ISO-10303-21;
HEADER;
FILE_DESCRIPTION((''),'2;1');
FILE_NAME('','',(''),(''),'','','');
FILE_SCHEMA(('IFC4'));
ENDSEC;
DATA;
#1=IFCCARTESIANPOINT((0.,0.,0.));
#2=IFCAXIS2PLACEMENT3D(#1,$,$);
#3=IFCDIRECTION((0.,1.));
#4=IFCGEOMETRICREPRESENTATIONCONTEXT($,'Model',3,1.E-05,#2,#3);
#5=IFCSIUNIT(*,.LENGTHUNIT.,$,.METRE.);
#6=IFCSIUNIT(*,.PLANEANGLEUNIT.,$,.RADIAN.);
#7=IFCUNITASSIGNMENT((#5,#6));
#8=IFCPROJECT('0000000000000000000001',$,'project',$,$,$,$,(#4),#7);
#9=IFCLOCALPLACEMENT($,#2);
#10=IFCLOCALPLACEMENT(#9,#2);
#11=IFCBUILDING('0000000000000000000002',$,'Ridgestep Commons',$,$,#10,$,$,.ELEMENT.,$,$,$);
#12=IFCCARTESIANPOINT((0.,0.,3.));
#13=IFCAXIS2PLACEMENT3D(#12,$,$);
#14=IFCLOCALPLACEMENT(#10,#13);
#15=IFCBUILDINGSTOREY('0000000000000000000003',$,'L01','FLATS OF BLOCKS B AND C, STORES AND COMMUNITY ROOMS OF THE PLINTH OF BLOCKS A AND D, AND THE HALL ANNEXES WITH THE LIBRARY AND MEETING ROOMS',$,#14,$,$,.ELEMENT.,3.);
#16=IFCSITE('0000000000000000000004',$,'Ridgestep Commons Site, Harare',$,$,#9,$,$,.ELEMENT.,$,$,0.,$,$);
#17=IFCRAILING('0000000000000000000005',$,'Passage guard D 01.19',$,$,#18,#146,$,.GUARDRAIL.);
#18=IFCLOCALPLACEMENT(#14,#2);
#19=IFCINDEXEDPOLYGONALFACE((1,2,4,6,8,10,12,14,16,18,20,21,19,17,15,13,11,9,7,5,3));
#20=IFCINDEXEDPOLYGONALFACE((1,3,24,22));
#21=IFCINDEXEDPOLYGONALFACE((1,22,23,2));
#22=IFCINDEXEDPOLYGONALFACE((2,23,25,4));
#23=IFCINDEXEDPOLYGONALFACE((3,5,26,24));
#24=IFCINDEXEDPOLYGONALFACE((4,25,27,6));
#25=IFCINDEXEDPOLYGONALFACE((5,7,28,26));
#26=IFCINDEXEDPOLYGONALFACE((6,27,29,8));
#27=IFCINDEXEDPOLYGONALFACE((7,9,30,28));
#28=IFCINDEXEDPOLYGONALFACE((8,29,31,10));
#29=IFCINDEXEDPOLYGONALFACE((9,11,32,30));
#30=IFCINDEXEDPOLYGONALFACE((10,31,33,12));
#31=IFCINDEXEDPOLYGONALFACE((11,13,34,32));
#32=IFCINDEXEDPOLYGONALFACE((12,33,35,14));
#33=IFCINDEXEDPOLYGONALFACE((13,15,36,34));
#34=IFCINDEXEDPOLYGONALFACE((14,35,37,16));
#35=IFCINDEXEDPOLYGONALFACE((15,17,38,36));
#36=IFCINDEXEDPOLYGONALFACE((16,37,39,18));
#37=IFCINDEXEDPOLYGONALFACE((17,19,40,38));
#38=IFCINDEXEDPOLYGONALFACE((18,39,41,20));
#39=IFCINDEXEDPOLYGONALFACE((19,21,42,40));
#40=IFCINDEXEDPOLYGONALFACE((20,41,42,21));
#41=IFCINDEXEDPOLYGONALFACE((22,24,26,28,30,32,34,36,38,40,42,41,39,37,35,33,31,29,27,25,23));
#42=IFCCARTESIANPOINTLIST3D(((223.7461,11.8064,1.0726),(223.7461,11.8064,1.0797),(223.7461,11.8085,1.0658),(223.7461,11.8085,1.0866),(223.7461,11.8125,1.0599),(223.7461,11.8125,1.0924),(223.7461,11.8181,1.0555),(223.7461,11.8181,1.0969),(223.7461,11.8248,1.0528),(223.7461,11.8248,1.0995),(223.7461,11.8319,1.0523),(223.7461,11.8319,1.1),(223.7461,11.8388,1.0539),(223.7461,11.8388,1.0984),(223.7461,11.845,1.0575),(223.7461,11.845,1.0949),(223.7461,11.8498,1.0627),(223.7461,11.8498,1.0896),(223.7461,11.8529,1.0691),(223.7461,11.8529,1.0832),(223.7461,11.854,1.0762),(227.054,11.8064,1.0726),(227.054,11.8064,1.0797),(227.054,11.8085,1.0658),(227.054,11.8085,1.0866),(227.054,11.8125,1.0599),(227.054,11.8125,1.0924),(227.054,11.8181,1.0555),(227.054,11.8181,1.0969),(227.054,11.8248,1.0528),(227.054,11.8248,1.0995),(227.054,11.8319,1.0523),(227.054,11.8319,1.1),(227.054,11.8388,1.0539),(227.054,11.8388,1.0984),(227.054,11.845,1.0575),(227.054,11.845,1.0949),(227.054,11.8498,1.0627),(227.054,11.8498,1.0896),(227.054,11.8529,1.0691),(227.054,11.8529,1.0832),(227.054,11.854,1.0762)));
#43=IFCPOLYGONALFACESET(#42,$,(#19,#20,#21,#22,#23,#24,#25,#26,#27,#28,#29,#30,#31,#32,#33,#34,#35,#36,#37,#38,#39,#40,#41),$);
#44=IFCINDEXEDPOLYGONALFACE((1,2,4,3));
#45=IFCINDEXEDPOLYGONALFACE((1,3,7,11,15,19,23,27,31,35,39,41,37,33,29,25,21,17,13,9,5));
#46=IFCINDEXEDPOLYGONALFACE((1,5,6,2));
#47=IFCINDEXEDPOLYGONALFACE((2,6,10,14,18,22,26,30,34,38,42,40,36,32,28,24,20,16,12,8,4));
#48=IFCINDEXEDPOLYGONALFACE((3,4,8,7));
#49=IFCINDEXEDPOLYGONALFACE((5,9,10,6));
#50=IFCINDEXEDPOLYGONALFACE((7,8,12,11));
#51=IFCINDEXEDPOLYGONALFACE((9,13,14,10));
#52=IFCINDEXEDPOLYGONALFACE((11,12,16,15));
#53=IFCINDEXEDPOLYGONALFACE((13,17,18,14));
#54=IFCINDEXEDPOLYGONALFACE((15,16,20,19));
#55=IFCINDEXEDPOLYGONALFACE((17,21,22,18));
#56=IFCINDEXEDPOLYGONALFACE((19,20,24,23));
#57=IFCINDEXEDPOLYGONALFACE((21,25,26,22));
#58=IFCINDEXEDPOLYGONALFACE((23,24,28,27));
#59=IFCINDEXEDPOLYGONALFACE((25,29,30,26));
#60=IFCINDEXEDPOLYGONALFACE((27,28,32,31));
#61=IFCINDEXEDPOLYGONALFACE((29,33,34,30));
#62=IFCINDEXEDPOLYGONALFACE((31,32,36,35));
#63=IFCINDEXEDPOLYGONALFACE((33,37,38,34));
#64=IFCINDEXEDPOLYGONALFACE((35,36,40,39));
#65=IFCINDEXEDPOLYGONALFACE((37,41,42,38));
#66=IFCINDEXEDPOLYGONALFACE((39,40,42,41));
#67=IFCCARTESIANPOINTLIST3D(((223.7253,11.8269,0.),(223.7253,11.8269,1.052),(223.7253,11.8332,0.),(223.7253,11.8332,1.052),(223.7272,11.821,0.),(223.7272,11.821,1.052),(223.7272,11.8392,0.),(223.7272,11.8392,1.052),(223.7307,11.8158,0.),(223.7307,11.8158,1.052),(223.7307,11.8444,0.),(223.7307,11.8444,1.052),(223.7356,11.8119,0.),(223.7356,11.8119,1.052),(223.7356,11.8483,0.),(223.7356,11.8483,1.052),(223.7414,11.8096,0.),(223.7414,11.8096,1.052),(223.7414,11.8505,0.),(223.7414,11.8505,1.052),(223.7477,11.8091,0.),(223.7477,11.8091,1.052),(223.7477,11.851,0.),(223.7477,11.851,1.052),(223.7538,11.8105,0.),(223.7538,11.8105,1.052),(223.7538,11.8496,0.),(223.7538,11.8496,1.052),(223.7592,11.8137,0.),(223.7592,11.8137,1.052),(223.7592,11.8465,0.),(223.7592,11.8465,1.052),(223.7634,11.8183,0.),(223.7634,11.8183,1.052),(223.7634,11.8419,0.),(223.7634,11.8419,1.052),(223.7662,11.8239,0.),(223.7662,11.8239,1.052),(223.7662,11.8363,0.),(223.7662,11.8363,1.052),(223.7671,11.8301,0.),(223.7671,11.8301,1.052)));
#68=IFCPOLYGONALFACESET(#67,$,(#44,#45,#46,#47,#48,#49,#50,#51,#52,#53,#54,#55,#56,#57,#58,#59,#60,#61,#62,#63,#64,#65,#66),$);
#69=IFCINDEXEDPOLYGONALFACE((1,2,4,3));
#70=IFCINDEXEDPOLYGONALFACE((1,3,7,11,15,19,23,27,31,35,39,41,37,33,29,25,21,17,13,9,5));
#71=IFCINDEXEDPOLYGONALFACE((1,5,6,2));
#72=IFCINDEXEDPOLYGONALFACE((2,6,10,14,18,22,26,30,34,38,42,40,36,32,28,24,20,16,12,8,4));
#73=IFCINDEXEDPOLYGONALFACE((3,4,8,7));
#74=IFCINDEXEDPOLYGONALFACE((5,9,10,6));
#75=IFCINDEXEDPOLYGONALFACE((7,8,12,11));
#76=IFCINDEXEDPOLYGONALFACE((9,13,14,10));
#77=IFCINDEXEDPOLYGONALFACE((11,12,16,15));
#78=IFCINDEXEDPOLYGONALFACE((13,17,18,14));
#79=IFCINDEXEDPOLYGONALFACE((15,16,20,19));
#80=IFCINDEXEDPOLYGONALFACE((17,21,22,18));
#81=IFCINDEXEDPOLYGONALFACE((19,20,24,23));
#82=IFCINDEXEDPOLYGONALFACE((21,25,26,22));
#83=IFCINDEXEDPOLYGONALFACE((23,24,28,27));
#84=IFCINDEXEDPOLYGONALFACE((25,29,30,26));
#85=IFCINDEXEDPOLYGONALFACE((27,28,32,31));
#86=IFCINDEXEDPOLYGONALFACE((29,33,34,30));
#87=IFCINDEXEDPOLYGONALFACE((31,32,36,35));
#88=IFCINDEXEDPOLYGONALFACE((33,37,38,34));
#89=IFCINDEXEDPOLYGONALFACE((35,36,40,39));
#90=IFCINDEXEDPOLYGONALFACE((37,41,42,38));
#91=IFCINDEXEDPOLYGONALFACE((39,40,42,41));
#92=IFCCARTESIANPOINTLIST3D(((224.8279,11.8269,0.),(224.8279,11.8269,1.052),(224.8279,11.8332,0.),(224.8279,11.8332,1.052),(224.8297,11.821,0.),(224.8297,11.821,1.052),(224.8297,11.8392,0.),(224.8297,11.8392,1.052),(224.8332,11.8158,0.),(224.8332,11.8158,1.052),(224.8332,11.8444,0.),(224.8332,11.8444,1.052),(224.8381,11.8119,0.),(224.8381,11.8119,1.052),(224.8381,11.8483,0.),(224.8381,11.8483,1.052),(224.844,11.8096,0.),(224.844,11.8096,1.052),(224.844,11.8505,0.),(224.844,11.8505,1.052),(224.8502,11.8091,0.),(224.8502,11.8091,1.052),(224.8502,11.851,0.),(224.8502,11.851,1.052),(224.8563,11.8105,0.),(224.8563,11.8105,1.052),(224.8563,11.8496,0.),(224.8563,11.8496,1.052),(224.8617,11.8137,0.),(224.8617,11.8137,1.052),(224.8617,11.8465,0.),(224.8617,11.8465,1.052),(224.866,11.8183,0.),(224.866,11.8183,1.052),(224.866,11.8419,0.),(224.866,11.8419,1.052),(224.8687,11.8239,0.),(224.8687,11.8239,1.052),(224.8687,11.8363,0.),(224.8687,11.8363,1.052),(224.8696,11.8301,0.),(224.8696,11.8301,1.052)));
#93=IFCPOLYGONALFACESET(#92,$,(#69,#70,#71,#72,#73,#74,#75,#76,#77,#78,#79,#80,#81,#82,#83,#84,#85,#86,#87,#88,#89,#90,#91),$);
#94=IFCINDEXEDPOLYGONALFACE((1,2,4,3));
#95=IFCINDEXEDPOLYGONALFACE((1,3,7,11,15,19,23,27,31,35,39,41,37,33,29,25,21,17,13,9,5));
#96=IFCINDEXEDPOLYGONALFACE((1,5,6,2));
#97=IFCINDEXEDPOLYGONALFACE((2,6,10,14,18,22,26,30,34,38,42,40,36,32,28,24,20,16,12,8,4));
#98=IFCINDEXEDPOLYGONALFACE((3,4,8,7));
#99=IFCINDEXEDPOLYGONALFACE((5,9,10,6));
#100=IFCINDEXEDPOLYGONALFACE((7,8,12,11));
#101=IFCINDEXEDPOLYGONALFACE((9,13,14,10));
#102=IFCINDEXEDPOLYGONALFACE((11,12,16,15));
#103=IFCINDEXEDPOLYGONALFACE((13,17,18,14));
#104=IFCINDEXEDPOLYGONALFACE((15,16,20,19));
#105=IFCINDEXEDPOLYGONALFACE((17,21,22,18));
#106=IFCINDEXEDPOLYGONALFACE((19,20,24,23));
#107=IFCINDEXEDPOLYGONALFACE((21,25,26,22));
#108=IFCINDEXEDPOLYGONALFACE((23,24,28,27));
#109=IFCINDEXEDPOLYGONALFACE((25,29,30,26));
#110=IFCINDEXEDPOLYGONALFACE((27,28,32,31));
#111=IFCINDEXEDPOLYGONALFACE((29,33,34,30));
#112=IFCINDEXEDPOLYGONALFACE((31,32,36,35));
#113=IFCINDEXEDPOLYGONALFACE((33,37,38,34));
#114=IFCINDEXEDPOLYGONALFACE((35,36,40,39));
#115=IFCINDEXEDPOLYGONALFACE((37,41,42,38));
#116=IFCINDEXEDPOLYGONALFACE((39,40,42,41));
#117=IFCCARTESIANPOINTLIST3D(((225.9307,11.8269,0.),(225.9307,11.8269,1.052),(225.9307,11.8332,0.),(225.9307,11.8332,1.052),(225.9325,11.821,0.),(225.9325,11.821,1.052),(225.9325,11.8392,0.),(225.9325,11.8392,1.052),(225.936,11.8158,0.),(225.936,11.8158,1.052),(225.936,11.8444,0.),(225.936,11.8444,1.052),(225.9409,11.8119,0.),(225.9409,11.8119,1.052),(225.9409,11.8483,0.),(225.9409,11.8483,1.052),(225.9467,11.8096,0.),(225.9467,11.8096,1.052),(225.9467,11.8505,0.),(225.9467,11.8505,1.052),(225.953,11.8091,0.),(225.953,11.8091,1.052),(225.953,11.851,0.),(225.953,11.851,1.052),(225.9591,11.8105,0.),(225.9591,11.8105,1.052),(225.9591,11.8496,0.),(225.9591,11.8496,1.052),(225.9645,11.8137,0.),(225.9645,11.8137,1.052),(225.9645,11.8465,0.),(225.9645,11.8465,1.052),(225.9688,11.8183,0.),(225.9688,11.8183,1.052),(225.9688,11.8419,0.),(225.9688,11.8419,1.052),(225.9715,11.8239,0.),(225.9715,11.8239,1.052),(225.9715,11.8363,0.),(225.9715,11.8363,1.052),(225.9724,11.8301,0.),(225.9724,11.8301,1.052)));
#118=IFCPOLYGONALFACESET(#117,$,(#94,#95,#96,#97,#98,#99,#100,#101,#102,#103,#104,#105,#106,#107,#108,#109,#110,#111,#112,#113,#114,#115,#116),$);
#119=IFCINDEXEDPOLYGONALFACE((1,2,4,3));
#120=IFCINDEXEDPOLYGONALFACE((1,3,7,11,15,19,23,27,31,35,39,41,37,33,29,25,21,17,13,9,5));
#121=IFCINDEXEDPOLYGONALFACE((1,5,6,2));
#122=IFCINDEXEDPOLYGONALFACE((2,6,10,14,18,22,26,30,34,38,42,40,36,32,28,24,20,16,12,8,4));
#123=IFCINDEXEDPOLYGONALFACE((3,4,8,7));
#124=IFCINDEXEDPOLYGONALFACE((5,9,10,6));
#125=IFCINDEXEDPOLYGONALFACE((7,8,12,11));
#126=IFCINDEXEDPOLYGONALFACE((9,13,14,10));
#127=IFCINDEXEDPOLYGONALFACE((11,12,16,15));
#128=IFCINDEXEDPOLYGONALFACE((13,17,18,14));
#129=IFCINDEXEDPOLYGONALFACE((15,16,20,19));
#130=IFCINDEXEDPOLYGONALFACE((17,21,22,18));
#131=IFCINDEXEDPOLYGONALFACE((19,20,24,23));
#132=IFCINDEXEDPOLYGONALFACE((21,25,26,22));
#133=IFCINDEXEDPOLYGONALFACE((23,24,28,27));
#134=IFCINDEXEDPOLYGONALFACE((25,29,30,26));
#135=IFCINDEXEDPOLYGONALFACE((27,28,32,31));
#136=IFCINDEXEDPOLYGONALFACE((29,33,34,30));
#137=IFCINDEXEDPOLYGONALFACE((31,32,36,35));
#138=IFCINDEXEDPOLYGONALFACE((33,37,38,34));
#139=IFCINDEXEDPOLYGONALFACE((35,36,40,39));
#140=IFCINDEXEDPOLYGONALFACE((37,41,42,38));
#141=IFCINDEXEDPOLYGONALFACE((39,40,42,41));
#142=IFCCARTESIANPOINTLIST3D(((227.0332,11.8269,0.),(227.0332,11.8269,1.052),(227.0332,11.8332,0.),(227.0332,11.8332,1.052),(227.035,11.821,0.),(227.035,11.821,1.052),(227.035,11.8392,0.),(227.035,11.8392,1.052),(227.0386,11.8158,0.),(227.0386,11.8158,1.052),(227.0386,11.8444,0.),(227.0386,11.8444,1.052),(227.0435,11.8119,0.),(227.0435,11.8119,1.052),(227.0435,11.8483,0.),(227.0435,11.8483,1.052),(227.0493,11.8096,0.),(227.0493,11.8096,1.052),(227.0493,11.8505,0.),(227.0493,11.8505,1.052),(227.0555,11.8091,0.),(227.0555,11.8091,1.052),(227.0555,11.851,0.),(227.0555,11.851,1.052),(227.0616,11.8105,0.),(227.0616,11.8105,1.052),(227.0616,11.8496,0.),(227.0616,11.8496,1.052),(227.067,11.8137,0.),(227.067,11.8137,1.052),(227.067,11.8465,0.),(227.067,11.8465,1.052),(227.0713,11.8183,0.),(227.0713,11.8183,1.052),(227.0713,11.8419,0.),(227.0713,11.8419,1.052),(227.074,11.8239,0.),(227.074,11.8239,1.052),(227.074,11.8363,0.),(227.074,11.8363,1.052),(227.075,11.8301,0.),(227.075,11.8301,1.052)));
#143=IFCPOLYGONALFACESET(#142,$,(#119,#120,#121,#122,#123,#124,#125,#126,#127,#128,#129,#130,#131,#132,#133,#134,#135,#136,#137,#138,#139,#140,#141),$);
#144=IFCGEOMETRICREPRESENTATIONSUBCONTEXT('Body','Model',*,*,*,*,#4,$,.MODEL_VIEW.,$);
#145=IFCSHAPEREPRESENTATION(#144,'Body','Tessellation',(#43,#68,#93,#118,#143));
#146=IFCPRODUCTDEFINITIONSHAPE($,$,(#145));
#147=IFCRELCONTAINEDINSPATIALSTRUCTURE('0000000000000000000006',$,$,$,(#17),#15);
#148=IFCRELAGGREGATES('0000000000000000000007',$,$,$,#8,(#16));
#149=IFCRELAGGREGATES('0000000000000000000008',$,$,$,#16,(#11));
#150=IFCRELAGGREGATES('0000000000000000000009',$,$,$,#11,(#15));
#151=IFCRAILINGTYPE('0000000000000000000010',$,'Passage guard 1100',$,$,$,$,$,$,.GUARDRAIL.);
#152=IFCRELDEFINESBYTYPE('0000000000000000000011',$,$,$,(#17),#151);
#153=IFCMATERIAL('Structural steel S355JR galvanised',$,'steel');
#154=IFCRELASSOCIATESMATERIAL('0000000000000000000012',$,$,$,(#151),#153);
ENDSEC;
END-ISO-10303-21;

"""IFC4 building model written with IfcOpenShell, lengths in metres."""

from ifc_helpers import new_model, si_unit, direction, frame, origin, origin_2d, place, context, subcontext, project, spatial, circle, extrude, material, type_object, element, save


model = new_model("IFC4")

# Units and contexts
model_context = context("Model", 3, precision=1e-05, world=origin(), true_north=direction((0.0, 1.0)))
body_context = subcontext(model_context, "Body", "Model", "MODEL_VIEW")
ifc_project = project(units=[si_unit("LENGTHUNIT", "METRE"), si_unit("PLANEANGLEUNIT", "RADIAN")], contexts=[model_context])

# Site, building, storey
site_placement = place(None, origin())
site = spatial("IfcSite", under=ifc_project, at=site_placement, Name="Ridgestep Commons Site, Harare", CompositionType="ELEMENT", RefElevation=0.0)
building_placement = place(site_placement, origin())
building = spatial("IfcBuilding", under=site, at=building_placement, Name="Ridgestep Commons", CompositionType="ELEMENT")
storey_placement = place(building_placement, frame((0.0, 0.0, 3.0)))
storey = spatial("IfcBuildingStorey", under=building, at=storey_placement, Name="L01", Description="FLATS OF BLOCKS B AND C, STORES AND COMMUNITY ROOMS OF THE PLINTH OF BLOCKS A AND D, AND THE HALL ANNEXES WITH THE LIBRARY AND MEETING ROOMS", CompositionType="ELEMENT", Elevation=3.0)

# Railing
ifc_material_1 = material(Name="Structural steel S355JR galvanised", Category="steel")
railing_type_1 = type_object("IfcRailingType", Name="Passage guard 1100", PredefinedType="GUARDRAIL", material=ifc_material_1)
railing_1_placement = place(storey_placement, frame((223.7461, 11.8301, 0.0)))
element("IfcRailing", 1, at=railing_1_placement, inside=storey, type_object=railing_type_1, Name="Passage guard D 01.19", PredefinedType="GUARDRAIL", context=body_context, shape_type="SweptSolid", body=[
    extrude(circle(Radius=0.0239, at=origin_2d()), frame((0.0, 0.0, 1.0762), z_axis=(1.0, 0.0, 0.0), x_axis=(0.0, 1.0, 0.0)), (0.0, 0.0, 1.0), 3.3079),
    extrude(circle(Radius=0.021, at=origin_2d()), origin(), (0.0, 0.0, 1.0), 1.052),
    extrude(circle(Radius=0.021, at=origin_2d()), frame((1.1025, 0.0, 0.0)), (0.0, 0.0, 1.0), 1.052),
    extrude(circle(Radius=0.021, at=origin_2d()), frame((2.2053, 0.0, 0.0)), (0.0, 0.0, 1.0), 1.052),
    extrude(circle(Radius=0.021, at=origin_2d()), frame((3.3079, 0.0, 0.0)), (0.0, 0.0, 1.0), 1.052),
])

save(model, "model.ifc")
